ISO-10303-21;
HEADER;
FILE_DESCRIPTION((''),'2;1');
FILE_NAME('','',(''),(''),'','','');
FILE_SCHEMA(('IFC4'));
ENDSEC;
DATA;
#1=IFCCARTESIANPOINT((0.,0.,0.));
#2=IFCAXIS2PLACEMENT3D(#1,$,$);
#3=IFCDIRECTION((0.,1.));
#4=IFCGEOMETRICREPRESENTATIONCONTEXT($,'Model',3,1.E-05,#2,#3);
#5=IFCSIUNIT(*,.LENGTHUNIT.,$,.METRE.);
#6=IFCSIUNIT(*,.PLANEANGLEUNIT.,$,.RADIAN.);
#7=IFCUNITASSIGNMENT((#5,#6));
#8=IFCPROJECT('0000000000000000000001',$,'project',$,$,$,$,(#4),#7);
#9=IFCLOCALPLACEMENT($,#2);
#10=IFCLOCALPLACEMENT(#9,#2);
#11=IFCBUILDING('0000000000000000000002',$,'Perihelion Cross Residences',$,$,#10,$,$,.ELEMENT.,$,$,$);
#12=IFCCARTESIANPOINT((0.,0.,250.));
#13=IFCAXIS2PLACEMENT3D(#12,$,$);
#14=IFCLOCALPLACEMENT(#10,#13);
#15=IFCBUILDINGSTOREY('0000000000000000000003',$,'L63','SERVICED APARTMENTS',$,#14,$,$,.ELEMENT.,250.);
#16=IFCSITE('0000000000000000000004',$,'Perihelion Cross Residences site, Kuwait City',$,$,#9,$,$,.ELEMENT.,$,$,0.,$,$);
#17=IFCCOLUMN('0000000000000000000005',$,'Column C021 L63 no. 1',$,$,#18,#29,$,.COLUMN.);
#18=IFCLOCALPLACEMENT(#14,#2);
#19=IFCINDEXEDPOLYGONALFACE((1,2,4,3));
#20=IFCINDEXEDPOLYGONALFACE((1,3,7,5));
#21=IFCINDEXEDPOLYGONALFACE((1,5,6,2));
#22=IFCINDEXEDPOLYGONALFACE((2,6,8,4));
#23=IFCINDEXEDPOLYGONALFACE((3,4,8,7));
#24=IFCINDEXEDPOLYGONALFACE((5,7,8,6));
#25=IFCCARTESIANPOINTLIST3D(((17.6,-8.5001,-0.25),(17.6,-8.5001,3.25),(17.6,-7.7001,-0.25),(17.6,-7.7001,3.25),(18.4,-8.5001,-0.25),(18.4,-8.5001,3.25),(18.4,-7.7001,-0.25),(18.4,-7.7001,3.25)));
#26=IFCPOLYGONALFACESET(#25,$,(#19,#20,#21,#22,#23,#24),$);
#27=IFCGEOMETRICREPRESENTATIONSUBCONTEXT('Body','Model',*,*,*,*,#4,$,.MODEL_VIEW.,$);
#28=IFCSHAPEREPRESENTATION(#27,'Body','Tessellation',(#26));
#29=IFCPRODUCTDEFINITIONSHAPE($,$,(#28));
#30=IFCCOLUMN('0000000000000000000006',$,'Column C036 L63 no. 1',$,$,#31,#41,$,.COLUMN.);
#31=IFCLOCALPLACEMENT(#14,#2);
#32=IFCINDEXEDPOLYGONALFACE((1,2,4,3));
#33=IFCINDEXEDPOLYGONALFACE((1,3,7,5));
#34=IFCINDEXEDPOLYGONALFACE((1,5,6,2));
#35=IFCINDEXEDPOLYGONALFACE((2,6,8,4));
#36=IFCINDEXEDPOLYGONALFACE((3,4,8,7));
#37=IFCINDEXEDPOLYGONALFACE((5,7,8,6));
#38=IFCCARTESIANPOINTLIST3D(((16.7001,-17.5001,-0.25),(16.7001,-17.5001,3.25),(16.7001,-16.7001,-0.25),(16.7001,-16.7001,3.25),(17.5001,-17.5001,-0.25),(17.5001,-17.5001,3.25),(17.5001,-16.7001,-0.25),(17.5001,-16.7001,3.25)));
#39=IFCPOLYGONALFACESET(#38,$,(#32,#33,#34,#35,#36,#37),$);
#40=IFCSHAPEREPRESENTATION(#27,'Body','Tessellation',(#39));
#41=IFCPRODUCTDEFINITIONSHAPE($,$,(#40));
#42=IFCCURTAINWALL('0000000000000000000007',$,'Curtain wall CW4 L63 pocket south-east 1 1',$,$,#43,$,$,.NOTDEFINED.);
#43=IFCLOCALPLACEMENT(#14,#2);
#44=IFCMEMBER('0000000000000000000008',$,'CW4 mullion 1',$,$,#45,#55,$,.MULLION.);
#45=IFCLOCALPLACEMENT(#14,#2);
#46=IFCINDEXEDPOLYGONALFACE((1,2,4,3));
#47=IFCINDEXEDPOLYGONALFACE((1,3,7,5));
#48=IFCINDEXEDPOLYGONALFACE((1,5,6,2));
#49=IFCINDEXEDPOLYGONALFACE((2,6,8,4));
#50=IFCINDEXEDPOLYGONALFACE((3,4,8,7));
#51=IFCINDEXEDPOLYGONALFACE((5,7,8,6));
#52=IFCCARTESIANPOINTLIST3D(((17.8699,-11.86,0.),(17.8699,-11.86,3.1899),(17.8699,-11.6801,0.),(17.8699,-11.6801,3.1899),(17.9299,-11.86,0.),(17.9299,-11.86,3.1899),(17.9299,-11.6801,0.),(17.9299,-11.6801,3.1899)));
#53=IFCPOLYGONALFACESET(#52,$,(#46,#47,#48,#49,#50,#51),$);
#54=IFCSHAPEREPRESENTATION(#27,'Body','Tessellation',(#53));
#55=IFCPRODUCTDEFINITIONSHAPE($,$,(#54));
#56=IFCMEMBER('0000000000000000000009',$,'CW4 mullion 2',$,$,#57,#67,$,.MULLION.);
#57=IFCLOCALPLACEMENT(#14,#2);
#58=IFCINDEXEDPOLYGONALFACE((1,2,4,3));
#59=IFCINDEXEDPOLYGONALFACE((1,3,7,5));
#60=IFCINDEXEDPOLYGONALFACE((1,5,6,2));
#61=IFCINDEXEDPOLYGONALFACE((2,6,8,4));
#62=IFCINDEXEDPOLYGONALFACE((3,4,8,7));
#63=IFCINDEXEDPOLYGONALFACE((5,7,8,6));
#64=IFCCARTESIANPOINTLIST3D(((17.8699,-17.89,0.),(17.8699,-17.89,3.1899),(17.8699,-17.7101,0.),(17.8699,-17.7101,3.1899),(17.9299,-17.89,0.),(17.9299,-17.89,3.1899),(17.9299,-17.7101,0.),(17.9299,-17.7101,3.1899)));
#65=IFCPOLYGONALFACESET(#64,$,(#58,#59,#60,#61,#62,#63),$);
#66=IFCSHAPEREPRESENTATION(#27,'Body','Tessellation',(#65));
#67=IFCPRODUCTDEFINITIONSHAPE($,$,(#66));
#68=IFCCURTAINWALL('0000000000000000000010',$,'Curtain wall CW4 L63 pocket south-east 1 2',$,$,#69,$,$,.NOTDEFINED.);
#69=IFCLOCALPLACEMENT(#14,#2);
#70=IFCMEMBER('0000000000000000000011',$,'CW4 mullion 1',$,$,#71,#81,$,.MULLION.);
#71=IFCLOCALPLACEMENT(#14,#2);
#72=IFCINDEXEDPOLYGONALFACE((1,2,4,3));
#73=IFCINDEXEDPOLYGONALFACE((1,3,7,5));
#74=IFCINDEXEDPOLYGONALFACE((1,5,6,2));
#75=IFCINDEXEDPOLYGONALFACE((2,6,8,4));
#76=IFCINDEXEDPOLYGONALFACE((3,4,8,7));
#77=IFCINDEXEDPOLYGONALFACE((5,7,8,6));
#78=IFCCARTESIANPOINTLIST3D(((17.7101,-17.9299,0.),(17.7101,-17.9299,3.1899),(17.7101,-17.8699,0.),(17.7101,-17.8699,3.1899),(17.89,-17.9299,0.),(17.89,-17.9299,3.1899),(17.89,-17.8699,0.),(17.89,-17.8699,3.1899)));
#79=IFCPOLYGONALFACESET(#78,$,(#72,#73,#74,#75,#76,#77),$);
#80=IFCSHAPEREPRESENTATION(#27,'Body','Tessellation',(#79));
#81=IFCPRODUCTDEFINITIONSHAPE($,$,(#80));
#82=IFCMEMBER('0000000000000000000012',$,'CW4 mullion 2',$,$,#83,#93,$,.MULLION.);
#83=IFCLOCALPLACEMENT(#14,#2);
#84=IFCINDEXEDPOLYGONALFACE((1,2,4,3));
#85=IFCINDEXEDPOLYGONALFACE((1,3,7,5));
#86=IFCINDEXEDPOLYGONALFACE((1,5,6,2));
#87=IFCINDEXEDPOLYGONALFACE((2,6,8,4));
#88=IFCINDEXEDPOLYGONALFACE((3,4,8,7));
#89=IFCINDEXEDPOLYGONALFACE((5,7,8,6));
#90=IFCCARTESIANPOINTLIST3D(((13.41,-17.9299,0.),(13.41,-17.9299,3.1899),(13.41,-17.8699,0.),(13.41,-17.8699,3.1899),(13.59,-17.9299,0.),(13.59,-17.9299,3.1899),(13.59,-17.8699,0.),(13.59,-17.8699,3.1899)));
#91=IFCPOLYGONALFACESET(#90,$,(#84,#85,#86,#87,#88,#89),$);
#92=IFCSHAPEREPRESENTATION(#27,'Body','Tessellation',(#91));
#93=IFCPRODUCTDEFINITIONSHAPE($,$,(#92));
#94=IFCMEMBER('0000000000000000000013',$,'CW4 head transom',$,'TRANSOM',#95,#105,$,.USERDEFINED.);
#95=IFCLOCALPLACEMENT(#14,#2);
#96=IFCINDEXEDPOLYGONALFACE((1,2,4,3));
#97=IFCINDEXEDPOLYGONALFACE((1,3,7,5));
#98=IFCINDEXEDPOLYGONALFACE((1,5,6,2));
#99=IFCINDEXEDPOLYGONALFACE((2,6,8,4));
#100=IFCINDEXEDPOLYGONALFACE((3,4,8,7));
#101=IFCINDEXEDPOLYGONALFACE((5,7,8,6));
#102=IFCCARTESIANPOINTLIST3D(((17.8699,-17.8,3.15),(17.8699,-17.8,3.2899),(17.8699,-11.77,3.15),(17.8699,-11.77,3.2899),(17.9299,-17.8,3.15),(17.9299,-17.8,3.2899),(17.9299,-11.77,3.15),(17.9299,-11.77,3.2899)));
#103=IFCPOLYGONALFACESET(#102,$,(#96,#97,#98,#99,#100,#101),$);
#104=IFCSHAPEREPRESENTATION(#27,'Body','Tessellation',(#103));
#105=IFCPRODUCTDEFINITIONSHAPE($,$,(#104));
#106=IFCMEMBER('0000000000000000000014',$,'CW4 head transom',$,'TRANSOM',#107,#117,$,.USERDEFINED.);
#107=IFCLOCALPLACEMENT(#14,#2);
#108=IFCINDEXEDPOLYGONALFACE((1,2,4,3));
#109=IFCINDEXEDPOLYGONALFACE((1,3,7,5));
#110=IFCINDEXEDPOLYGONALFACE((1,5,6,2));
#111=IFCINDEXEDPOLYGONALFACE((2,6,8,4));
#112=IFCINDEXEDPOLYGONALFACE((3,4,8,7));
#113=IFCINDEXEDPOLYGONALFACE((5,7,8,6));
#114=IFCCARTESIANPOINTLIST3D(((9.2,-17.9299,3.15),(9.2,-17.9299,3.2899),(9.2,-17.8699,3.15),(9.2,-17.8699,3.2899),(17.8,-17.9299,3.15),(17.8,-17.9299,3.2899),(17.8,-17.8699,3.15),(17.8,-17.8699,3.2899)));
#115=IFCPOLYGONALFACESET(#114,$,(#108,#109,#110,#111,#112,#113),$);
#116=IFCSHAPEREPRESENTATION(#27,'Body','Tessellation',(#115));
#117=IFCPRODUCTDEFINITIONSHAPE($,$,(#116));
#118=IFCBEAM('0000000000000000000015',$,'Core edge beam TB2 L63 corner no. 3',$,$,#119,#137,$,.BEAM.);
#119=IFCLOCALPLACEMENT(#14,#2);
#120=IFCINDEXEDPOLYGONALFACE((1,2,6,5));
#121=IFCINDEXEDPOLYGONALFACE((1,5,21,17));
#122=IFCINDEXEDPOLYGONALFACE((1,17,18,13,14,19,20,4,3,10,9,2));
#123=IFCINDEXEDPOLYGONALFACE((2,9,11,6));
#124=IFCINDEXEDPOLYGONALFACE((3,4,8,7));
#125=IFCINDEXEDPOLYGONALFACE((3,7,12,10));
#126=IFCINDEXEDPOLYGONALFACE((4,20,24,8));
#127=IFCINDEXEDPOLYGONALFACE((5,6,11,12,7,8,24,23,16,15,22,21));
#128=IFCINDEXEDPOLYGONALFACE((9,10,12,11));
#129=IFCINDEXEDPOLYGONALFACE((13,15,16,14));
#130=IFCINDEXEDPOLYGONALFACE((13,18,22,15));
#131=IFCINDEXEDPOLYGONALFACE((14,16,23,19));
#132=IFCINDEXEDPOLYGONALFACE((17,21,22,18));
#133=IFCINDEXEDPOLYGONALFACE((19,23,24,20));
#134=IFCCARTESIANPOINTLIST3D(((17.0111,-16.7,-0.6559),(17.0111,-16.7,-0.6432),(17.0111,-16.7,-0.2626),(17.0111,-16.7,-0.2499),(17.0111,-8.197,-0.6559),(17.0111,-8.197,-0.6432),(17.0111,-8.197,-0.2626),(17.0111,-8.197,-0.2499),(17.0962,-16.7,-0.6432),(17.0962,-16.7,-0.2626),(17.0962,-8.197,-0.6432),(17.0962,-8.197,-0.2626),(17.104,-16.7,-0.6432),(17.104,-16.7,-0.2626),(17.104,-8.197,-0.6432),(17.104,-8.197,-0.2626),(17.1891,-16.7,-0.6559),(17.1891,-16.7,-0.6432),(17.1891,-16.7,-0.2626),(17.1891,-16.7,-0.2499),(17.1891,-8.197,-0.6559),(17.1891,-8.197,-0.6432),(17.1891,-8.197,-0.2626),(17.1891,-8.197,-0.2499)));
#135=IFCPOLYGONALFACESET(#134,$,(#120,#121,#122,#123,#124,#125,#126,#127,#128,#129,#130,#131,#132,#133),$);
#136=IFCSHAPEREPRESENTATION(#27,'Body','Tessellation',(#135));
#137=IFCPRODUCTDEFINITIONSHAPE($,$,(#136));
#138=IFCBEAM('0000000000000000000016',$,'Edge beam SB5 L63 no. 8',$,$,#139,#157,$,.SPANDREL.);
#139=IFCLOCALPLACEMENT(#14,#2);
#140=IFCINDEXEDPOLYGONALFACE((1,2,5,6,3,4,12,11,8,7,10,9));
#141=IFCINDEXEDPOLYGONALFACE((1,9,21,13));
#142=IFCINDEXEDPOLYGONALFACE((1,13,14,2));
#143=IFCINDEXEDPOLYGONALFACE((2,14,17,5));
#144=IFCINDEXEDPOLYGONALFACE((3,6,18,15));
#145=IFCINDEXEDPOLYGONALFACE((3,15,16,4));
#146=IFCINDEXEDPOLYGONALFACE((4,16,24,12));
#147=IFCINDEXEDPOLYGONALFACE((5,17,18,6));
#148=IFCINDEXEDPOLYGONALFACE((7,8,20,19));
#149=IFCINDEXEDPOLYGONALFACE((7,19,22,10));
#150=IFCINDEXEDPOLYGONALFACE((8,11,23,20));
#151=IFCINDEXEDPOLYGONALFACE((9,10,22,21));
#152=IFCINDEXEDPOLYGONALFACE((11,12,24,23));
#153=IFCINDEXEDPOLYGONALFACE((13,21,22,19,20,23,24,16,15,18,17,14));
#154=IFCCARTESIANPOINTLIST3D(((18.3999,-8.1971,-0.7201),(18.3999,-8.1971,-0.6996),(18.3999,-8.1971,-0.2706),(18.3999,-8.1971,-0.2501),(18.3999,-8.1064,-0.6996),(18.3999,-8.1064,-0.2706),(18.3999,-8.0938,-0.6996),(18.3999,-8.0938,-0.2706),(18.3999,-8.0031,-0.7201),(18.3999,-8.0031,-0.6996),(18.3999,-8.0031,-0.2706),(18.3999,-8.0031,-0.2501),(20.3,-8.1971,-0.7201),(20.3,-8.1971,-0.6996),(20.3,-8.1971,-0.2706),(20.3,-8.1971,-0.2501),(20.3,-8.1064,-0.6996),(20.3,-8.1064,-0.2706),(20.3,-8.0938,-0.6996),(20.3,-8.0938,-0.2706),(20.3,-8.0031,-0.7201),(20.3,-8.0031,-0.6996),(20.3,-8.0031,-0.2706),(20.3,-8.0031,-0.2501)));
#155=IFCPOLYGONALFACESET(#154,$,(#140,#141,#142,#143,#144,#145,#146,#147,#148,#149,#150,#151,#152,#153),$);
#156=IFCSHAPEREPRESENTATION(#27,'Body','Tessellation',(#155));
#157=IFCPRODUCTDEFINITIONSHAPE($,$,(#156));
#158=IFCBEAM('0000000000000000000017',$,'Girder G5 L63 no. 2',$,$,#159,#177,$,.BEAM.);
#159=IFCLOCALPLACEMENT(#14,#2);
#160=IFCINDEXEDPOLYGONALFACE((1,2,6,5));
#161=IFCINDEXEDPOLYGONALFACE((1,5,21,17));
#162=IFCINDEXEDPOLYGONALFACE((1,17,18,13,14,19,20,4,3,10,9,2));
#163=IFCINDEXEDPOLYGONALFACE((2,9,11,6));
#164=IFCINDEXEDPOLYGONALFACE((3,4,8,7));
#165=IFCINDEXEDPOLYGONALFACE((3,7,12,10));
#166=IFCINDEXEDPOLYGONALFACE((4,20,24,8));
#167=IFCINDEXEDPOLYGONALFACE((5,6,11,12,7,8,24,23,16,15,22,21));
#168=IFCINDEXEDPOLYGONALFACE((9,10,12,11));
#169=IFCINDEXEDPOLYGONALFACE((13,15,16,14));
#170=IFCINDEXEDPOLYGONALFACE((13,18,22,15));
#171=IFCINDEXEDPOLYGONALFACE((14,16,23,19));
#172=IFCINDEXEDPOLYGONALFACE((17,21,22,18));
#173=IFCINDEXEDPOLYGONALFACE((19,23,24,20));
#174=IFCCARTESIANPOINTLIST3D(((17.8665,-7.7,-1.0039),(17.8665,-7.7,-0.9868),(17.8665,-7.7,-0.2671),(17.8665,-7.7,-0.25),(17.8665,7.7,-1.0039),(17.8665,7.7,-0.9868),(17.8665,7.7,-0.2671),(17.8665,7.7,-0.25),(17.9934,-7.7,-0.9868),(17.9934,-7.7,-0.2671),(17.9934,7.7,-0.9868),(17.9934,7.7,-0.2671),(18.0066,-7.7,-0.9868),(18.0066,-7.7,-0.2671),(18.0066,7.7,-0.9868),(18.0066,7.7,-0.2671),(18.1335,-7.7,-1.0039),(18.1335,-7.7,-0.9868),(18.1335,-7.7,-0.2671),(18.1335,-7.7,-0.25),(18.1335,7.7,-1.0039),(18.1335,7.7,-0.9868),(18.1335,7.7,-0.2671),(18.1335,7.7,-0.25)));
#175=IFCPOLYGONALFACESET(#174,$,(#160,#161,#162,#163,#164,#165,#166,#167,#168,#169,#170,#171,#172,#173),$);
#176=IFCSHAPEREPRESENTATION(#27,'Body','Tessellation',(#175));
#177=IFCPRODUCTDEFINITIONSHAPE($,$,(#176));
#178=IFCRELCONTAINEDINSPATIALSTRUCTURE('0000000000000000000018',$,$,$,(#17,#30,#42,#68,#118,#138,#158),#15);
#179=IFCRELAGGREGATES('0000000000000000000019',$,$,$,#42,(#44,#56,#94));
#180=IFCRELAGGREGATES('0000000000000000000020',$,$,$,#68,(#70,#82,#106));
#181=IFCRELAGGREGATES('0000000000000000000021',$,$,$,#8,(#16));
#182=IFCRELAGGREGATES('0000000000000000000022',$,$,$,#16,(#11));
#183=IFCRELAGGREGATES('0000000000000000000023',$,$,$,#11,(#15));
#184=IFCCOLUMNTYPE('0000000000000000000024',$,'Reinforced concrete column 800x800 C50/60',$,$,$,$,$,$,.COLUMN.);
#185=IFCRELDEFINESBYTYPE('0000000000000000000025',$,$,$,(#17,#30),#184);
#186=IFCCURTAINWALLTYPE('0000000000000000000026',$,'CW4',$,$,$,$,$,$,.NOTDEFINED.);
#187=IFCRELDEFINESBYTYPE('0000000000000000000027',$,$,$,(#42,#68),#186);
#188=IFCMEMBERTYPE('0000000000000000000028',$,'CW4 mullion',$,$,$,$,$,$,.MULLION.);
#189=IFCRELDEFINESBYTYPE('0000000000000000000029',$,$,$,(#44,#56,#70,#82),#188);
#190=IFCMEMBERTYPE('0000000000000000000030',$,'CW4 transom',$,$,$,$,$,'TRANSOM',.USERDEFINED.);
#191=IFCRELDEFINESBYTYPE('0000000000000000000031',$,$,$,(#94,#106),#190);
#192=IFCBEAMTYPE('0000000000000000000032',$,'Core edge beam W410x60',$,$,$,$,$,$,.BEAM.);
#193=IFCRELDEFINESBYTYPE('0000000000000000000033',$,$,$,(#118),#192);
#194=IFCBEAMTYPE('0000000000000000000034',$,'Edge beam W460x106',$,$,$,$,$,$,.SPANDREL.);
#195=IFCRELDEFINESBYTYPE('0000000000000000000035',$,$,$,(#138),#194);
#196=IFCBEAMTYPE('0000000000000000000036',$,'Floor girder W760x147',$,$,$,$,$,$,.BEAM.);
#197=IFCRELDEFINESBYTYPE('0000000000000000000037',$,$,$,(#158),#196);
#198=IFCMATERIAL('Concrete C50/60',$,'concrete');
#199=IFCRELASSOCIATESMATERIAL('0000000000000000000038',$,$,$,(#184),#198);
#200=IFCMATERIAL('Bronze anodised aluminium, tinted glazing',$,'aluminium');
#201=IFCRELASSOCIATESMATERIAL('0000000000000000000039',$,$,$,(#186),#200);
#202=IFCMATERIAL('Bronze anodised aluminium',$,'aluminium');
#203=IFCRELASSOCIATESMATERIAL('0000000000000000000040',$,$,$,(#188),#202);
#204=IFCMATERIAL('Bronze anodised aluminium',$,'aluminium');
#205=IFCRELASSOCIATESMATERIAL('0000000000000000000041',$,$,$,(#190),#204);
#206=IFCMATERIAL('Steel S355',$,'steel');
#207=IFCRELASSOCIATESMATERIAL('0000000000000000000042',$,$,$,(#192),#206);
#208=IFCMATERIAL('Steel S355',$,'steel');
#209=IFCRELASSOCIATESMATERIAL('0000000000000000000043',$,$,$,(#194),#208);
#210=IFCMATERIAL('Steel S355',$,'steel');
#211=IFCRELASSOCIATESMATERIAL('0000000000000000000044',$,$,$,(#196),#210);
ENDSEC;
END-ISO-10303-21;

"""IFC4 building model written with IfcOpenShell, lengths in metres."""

from ifc_helpers import new_model, si_unit, direction, frame, origin, origin_2d, place, context, subcontext, project, spatial, rectangle, i_section, extrude, material, material_profile, profile_set, type_object, element, aggregate, save


model = new_model("IFC4")

# Units and contexts
model_context = context("Model", 3, precision=1e-05, world=origin(), true_north=direction((0.0, 1.0)))
body_context = subcontext(model_context, "Body", "Model", "MODEL_VIEW")
ifc_project = project(units=[si_unit("LENGTHUNIT", "METRE"), si_unit("PLANEANGLEUNIT", "RADIAN")], contexts=[model_context])

# Site, building, storey
site_placement = place(None, origin())
site = spatial("IfcSite", under=ifc_project, at=site_placement, Name="Perihelion Cross Residences site, Kuwait City", CompositionType="ELEMENT", RefElevation=0.0)
building_placement = place(site_placement, origin())
building = spatial("IfcBuilding", under=site, at=building_placement, Name="Perihelion Cross Residences", CompositionType="ELEMENT")
storey_placement = place(building_placement, frame((0.0, 0.0, 250.0)))
storey = spatial("IfcBuildingStorey", under=building, at=storey_placement, Name="L63", Description="SERVICED APARTMENTS", CompositionType="ELEMENT", Elevation=250.0)

# Columns
ifc_material_1 = material(Name="Concrete C50/60", Category="concrete")
ifc_material_profile_1 = material_profile(ifc_material_1, rectangle(XDim=0.8, YDim=0.8, at=origin_2d()), Name="RC 800x800")
ifc_profile_set_1 = profile_set([ifc_material_profile_1], Name="Concrete C50/60")
column_type = type_object("IfcColumnType", Name="Reinforced concrete column 800x800 C50/60", PredefinedType="COLUMN", material=ifc_profile_set_1)
for number, where, z_axis, x_axis, name in (
    (1, (18.0, -8.1001, -0.25), (0.0, 0.0, 1.0), (1.0, 0.0, 0.0), "Column C021 L63 no. 1"),
    (2, (17.1001, -17.1001, -0.25), (0.0, 0.0, 1.0), (1.0, 0.0, 0.0), "Column C036 L63 no. 1"),
):
    element("IfcColumn", number, at=place(storey_placement, frame(where, z_axis=z_axis, x_axis=x_axis)), inside=storey, type_object=column_type, Name=name, PredefinedType="COLUMN", context=body_context, shape_type="SweptSolid", body=[
        extrude(rectangle(XDim=0.8, YDim=0.8, at=origin_2d()), origin(), (0.0, 0.0, 1.0), 3.5),
    ])

# Curtain walls, members
ifc_material_2 = material(Name="Bronze anodised aluminium, tinted glazing", Category="aluminium")
curtain_wall_type_1 = type_object("IfcCurtainWallType", Name="CW4", PredefinedType="NOTDEFINED", material=ifc_material_2)
curtain_wall_1_placement = place(storey_placement, origin())
curtain_wall_1 = element("IfcCurtainWall", 3, at=curtain_wall_1_placement, inside=storey, type_object=curtain_wall_type_1, Name="Curtain wall CW4 L63 pocket south-east 1 1", PredefinedType="NOTDEFINED")
ifc_material_3 = material(Name="Bronze anodised aluminium", Category="aluminium")
ifc_material_profile_2 = material_profile(ifc_material_3, rectangle(XDim=0.0601, YDim=0.1799, at=origin_2d()), Name="CW4 mullion")
ifc_profile_set_2 = profile_set([ifc_material_profile_2], Name="Bronze anodised aluminium")
member_type_1 = type_object("IfcMemberType", Name="CW4 mullion", PredefinedType="MULLION", material=ifc_profile_set_2)
member_1_placement = place(storey_placement, frame((17.8999, -11.77, 0.0), z_axis=(0.0, 0.0, 1.0), x_axis=(1.0, 0.0, 0.0)))
member_1 = element("IfcMember", 4, at=member_1_placement, type_object=member_type_1, Name="CW4 mullion 1", PredefinedType="MULLION", context=body_context, shape_type="SweptSolid", body=[
    extrude(rectangle(XDim=0.0601, YDim=0.1799, at=origin_2d()), origin(), (0.0, 0.0, 1.0), 3.1899),
])
member_2_placement = place(storey_placement, frame((17.8999, -17.8, 0.0), z_axis=(0.0, 0.0, 1.0), x_axis=(1.0, 0.0, 0.0)))
member_2 = element("IfcMember", 5, at=member_2_placement, type_object=member_type_1, Name="CW4 mullion 2", PredefinedType="MULLION", context=body_context, shape_type="SweptSolid", body=[
    extrude(rectangle(XDim=0.0601, YDim=0.1799, at=origin_2d()), origin(), (0.0, 0.0, 1.0), 3.1899),
])
curtain_wall_2_placement = place(storey_placement, origin())
curtain_wall_2 = element("IfcCurtainWall", 6, at=curtain_wall_2_placement, inside=storey, type_object=curtain_wall_type_1, Name="Curtain wall CW4 L63 pocket south-east 1 2", PredefinedType="NOTDEFINED")
member_3_placement = place(storey_placement, frame((17.8, -17.8999, 0.0), z_axis=(0.0, 0.0, 1.0), x_axis=(0.0, -1.0, 0.0)))
member_3 = element("IfcMember", 7, at=member_3_placement, type_object=member_type_1, Name="CW4 mullion 1", PredefinedType="MULLION", context=body_context, shape_type="SweptSolid", body=[
    extrude(rectangle(XDim=0.0601, YDim=0.1799, at=origin_2d()), origin(), (0.0, 0.0, 1.0), 3.1899),
])
member_4_placement = place(storey_placement, frame((13.5, -17.8999, 0.0), z_axis=(0.0, 0.0, 1.0), x_axis=(0.0, -1.0, 0.0)))
member_4 = element("IfcMember", 8, at=member_4_placement, type_object=member_type_1, Name="CW4 mullion 2", PredefinedType="MULLION", context=body_context, shape_type="SweptSolid", body=[
    extrude(rectangle(XDim=0.0601, YDim=0.1799, at=origin_2d()), origin(), (0.0, 0.0, 1.0), 3.1899),
])

# Members
ifc_material_4 = material(Name="Bronze anodised aluminium", Category="aluminium")
ifc_material_profile_3 = material_profile(ifc_material_4, rectangle(XDim=0.0601, YDim=0.1399, at=origin_2d()), Name="CW4 transom")
ifc_profile_set_3 = profile_set([ifc_material_profile_3], Name="Bronze anodised aluminium")
member_type_2 = type_object("IfcMemberType", Name="CW4 transom", ElementType="TRANSOM", PredefinedType="USERDEFINED", material=ifc_profile_set_3)
member_5_placement = place(storey_placement, frame((17.8999, -11.77, 3.22), z_axis=(0.0, -1.0, 0.0), x_axis=(1.0, 0.0, 0.0)))
member_5 = element("IfcMember", 9, at=member_5_placement, type_object=member_type_2, Name="CW4 head transom", ObjectType="TRANSOM", PredefinedType="USERDEFINED", context=body_context, shape_type="SweptSolid", body=[
    extrude(rectangle(XDim=0.0601, YDim=0.1399, at=origin_2d()), origin(), (0.0, 0.0, 1.0), 6.03),
])
member_6_placement = place(storey_placement, frame((17.8, -17.8999, 3.22), z_axis=(-1.0, 0.0, 0.0), x_axis=(0.0, -1.0, 0.0)))
member_6 = element("IfcMember", 10, at=member_6_placement, type_object=member_type_2, Name="CW4 head transom", ObjectType="TRANSOM", PredefinedType="USERDEFINED", context=body_context, shape_type="SweptSolid", body=[
    extrude(rectangle(XDim=0.0601, YDim=0.1399, at=origin_2d()), origin(), (0.0, 0.0, 1.0), 8.6001),
])

# Beams
ifc_material_5 = material(Name="Steel S355", Category="steel")
ifc_material_profile_4 = material_profile(ifc_material_5, i_section(OverallWidth=0.178, OverallDepth=0.406, WebThickness=0.0078, FlangeThickness=0.0127, at=origin_2d()), Name="W410x60")
ifc_profile_set_4 = profile_set([ifc_material_profile_4], Name="Steel S355")
beam_type_1 = type_object("IfcBeamType", Name="Core edge beam W410x60", PredefinedType="BEAM", material=ifc_profile_set_4)
beam_1_placement = place(storey_placement, frame((17.1001, -8.197, -0.4529), z_axis=(0.0, -1.0, 0.0), x_axis=(1.0, 0.0, 0.0)))
element("IfcBeam", 11, at=beam_1_placement, inside=storey, type_object=beam_type_1, Name="Core edge beam TB2 L63 corner no. 3", PredefinedType="BEAM", context=body_context, shape_type="SweptSolid", body=[
    extrude(i_section(OverallWidth=0.178, OverallDepth=0.406, WebThickness=0.0078, FlangeThickness=0.0127, at=origin_2d()), origin(), (0.0, 0.0, 1.0), 8.5029),
])
ifc_material_6 = material(Name="Steel S355", Category="steel")
ifc_material_profile_5 = material_profile(ifc_material_6, i_section(OverallWidth=0.1941, OverallDepth=0.47, WebThickness=0.0127, FlangeThickness=0.0205, at=origin_2d()), Name="W460x106")
ifc_profile_set_5 = profile_set([ifc_material_profile_5], Name="Steel S355")
beam_type_2 = type_object("IfcBeamType", Name="Edge beam W460x106", PredefinedType="SPANDREL", material=ifc_profile_set_5)
beam_2_placement = place(storey_placement, frame((18.3999, -8.1001, -0.4851), z_axis=(1.0, 0.0, 0.0), x_axis=(0.0, 1.0, 0.0)))
element("IfcBeam", 12, at=beam_2_placement, inside=storey, type_object=beam_type_2, Name="Edge beam SB5 L63 no. 8", PredefinedType="SPANDREL", context=body_context, shape_type="SweptSolid", body=[
    extrude(i_section(OverallWidth=0.1941, OverallDepth=0.47, WebThickness=0.0127, FlangeThickness=0.0205, at=origin_2d()), origin(), (0.0, 0.0, 1.0), 1.9001),
])
ifc_material_7 = material(Name="Steel S355", Category="steel")
ifc_material_profile_6 = material_profile(ifc_material_7, i_section(OverallWidth=0.2671, OverallDepth=0.7539, WebThickness=0.0132, FlangeThickness=0.0171, at=origin_2d()), Name="W760x147")
ifc_profile_set_6 = profile_set([ifc_material_profile_6], Name="Steel S355")
beam_type_3 = type_object("IfcBeamType", Name="Floor girder W760x147", PredefinedType="BEAM", material=ifc_profile_set_6)
beam_3_placement = place(storey_placement, frame((18.0, -7.7, -0.627), z_axis=(0.0, 1.0, 0.0), x_axis=(-1.0, 0.0, 0.0)))
element("IfcBeam", 13, at=beam_3_placement, inside=storey, type_object=beam_type_3, Name="Girder G5 L63 no. 2", PredefinedType="BEAM", context=body_context, shape_type="SweptSolid", body=[
    extrude(i_section(OverallWidth=0.2671, OverallDepth=0.7539, WebThickness=0.0132, FlangeThickness=0.0171, at=origin_2d()), origin(), (0.0, 0.0, 1.0), 15.3999),
])

aggregate(curtain_wall_1, [member_1, member_2, member_5])
aggregate(curtain_wall_2, [member_3, member_4, member_6])

save(model, "model.ifc")
